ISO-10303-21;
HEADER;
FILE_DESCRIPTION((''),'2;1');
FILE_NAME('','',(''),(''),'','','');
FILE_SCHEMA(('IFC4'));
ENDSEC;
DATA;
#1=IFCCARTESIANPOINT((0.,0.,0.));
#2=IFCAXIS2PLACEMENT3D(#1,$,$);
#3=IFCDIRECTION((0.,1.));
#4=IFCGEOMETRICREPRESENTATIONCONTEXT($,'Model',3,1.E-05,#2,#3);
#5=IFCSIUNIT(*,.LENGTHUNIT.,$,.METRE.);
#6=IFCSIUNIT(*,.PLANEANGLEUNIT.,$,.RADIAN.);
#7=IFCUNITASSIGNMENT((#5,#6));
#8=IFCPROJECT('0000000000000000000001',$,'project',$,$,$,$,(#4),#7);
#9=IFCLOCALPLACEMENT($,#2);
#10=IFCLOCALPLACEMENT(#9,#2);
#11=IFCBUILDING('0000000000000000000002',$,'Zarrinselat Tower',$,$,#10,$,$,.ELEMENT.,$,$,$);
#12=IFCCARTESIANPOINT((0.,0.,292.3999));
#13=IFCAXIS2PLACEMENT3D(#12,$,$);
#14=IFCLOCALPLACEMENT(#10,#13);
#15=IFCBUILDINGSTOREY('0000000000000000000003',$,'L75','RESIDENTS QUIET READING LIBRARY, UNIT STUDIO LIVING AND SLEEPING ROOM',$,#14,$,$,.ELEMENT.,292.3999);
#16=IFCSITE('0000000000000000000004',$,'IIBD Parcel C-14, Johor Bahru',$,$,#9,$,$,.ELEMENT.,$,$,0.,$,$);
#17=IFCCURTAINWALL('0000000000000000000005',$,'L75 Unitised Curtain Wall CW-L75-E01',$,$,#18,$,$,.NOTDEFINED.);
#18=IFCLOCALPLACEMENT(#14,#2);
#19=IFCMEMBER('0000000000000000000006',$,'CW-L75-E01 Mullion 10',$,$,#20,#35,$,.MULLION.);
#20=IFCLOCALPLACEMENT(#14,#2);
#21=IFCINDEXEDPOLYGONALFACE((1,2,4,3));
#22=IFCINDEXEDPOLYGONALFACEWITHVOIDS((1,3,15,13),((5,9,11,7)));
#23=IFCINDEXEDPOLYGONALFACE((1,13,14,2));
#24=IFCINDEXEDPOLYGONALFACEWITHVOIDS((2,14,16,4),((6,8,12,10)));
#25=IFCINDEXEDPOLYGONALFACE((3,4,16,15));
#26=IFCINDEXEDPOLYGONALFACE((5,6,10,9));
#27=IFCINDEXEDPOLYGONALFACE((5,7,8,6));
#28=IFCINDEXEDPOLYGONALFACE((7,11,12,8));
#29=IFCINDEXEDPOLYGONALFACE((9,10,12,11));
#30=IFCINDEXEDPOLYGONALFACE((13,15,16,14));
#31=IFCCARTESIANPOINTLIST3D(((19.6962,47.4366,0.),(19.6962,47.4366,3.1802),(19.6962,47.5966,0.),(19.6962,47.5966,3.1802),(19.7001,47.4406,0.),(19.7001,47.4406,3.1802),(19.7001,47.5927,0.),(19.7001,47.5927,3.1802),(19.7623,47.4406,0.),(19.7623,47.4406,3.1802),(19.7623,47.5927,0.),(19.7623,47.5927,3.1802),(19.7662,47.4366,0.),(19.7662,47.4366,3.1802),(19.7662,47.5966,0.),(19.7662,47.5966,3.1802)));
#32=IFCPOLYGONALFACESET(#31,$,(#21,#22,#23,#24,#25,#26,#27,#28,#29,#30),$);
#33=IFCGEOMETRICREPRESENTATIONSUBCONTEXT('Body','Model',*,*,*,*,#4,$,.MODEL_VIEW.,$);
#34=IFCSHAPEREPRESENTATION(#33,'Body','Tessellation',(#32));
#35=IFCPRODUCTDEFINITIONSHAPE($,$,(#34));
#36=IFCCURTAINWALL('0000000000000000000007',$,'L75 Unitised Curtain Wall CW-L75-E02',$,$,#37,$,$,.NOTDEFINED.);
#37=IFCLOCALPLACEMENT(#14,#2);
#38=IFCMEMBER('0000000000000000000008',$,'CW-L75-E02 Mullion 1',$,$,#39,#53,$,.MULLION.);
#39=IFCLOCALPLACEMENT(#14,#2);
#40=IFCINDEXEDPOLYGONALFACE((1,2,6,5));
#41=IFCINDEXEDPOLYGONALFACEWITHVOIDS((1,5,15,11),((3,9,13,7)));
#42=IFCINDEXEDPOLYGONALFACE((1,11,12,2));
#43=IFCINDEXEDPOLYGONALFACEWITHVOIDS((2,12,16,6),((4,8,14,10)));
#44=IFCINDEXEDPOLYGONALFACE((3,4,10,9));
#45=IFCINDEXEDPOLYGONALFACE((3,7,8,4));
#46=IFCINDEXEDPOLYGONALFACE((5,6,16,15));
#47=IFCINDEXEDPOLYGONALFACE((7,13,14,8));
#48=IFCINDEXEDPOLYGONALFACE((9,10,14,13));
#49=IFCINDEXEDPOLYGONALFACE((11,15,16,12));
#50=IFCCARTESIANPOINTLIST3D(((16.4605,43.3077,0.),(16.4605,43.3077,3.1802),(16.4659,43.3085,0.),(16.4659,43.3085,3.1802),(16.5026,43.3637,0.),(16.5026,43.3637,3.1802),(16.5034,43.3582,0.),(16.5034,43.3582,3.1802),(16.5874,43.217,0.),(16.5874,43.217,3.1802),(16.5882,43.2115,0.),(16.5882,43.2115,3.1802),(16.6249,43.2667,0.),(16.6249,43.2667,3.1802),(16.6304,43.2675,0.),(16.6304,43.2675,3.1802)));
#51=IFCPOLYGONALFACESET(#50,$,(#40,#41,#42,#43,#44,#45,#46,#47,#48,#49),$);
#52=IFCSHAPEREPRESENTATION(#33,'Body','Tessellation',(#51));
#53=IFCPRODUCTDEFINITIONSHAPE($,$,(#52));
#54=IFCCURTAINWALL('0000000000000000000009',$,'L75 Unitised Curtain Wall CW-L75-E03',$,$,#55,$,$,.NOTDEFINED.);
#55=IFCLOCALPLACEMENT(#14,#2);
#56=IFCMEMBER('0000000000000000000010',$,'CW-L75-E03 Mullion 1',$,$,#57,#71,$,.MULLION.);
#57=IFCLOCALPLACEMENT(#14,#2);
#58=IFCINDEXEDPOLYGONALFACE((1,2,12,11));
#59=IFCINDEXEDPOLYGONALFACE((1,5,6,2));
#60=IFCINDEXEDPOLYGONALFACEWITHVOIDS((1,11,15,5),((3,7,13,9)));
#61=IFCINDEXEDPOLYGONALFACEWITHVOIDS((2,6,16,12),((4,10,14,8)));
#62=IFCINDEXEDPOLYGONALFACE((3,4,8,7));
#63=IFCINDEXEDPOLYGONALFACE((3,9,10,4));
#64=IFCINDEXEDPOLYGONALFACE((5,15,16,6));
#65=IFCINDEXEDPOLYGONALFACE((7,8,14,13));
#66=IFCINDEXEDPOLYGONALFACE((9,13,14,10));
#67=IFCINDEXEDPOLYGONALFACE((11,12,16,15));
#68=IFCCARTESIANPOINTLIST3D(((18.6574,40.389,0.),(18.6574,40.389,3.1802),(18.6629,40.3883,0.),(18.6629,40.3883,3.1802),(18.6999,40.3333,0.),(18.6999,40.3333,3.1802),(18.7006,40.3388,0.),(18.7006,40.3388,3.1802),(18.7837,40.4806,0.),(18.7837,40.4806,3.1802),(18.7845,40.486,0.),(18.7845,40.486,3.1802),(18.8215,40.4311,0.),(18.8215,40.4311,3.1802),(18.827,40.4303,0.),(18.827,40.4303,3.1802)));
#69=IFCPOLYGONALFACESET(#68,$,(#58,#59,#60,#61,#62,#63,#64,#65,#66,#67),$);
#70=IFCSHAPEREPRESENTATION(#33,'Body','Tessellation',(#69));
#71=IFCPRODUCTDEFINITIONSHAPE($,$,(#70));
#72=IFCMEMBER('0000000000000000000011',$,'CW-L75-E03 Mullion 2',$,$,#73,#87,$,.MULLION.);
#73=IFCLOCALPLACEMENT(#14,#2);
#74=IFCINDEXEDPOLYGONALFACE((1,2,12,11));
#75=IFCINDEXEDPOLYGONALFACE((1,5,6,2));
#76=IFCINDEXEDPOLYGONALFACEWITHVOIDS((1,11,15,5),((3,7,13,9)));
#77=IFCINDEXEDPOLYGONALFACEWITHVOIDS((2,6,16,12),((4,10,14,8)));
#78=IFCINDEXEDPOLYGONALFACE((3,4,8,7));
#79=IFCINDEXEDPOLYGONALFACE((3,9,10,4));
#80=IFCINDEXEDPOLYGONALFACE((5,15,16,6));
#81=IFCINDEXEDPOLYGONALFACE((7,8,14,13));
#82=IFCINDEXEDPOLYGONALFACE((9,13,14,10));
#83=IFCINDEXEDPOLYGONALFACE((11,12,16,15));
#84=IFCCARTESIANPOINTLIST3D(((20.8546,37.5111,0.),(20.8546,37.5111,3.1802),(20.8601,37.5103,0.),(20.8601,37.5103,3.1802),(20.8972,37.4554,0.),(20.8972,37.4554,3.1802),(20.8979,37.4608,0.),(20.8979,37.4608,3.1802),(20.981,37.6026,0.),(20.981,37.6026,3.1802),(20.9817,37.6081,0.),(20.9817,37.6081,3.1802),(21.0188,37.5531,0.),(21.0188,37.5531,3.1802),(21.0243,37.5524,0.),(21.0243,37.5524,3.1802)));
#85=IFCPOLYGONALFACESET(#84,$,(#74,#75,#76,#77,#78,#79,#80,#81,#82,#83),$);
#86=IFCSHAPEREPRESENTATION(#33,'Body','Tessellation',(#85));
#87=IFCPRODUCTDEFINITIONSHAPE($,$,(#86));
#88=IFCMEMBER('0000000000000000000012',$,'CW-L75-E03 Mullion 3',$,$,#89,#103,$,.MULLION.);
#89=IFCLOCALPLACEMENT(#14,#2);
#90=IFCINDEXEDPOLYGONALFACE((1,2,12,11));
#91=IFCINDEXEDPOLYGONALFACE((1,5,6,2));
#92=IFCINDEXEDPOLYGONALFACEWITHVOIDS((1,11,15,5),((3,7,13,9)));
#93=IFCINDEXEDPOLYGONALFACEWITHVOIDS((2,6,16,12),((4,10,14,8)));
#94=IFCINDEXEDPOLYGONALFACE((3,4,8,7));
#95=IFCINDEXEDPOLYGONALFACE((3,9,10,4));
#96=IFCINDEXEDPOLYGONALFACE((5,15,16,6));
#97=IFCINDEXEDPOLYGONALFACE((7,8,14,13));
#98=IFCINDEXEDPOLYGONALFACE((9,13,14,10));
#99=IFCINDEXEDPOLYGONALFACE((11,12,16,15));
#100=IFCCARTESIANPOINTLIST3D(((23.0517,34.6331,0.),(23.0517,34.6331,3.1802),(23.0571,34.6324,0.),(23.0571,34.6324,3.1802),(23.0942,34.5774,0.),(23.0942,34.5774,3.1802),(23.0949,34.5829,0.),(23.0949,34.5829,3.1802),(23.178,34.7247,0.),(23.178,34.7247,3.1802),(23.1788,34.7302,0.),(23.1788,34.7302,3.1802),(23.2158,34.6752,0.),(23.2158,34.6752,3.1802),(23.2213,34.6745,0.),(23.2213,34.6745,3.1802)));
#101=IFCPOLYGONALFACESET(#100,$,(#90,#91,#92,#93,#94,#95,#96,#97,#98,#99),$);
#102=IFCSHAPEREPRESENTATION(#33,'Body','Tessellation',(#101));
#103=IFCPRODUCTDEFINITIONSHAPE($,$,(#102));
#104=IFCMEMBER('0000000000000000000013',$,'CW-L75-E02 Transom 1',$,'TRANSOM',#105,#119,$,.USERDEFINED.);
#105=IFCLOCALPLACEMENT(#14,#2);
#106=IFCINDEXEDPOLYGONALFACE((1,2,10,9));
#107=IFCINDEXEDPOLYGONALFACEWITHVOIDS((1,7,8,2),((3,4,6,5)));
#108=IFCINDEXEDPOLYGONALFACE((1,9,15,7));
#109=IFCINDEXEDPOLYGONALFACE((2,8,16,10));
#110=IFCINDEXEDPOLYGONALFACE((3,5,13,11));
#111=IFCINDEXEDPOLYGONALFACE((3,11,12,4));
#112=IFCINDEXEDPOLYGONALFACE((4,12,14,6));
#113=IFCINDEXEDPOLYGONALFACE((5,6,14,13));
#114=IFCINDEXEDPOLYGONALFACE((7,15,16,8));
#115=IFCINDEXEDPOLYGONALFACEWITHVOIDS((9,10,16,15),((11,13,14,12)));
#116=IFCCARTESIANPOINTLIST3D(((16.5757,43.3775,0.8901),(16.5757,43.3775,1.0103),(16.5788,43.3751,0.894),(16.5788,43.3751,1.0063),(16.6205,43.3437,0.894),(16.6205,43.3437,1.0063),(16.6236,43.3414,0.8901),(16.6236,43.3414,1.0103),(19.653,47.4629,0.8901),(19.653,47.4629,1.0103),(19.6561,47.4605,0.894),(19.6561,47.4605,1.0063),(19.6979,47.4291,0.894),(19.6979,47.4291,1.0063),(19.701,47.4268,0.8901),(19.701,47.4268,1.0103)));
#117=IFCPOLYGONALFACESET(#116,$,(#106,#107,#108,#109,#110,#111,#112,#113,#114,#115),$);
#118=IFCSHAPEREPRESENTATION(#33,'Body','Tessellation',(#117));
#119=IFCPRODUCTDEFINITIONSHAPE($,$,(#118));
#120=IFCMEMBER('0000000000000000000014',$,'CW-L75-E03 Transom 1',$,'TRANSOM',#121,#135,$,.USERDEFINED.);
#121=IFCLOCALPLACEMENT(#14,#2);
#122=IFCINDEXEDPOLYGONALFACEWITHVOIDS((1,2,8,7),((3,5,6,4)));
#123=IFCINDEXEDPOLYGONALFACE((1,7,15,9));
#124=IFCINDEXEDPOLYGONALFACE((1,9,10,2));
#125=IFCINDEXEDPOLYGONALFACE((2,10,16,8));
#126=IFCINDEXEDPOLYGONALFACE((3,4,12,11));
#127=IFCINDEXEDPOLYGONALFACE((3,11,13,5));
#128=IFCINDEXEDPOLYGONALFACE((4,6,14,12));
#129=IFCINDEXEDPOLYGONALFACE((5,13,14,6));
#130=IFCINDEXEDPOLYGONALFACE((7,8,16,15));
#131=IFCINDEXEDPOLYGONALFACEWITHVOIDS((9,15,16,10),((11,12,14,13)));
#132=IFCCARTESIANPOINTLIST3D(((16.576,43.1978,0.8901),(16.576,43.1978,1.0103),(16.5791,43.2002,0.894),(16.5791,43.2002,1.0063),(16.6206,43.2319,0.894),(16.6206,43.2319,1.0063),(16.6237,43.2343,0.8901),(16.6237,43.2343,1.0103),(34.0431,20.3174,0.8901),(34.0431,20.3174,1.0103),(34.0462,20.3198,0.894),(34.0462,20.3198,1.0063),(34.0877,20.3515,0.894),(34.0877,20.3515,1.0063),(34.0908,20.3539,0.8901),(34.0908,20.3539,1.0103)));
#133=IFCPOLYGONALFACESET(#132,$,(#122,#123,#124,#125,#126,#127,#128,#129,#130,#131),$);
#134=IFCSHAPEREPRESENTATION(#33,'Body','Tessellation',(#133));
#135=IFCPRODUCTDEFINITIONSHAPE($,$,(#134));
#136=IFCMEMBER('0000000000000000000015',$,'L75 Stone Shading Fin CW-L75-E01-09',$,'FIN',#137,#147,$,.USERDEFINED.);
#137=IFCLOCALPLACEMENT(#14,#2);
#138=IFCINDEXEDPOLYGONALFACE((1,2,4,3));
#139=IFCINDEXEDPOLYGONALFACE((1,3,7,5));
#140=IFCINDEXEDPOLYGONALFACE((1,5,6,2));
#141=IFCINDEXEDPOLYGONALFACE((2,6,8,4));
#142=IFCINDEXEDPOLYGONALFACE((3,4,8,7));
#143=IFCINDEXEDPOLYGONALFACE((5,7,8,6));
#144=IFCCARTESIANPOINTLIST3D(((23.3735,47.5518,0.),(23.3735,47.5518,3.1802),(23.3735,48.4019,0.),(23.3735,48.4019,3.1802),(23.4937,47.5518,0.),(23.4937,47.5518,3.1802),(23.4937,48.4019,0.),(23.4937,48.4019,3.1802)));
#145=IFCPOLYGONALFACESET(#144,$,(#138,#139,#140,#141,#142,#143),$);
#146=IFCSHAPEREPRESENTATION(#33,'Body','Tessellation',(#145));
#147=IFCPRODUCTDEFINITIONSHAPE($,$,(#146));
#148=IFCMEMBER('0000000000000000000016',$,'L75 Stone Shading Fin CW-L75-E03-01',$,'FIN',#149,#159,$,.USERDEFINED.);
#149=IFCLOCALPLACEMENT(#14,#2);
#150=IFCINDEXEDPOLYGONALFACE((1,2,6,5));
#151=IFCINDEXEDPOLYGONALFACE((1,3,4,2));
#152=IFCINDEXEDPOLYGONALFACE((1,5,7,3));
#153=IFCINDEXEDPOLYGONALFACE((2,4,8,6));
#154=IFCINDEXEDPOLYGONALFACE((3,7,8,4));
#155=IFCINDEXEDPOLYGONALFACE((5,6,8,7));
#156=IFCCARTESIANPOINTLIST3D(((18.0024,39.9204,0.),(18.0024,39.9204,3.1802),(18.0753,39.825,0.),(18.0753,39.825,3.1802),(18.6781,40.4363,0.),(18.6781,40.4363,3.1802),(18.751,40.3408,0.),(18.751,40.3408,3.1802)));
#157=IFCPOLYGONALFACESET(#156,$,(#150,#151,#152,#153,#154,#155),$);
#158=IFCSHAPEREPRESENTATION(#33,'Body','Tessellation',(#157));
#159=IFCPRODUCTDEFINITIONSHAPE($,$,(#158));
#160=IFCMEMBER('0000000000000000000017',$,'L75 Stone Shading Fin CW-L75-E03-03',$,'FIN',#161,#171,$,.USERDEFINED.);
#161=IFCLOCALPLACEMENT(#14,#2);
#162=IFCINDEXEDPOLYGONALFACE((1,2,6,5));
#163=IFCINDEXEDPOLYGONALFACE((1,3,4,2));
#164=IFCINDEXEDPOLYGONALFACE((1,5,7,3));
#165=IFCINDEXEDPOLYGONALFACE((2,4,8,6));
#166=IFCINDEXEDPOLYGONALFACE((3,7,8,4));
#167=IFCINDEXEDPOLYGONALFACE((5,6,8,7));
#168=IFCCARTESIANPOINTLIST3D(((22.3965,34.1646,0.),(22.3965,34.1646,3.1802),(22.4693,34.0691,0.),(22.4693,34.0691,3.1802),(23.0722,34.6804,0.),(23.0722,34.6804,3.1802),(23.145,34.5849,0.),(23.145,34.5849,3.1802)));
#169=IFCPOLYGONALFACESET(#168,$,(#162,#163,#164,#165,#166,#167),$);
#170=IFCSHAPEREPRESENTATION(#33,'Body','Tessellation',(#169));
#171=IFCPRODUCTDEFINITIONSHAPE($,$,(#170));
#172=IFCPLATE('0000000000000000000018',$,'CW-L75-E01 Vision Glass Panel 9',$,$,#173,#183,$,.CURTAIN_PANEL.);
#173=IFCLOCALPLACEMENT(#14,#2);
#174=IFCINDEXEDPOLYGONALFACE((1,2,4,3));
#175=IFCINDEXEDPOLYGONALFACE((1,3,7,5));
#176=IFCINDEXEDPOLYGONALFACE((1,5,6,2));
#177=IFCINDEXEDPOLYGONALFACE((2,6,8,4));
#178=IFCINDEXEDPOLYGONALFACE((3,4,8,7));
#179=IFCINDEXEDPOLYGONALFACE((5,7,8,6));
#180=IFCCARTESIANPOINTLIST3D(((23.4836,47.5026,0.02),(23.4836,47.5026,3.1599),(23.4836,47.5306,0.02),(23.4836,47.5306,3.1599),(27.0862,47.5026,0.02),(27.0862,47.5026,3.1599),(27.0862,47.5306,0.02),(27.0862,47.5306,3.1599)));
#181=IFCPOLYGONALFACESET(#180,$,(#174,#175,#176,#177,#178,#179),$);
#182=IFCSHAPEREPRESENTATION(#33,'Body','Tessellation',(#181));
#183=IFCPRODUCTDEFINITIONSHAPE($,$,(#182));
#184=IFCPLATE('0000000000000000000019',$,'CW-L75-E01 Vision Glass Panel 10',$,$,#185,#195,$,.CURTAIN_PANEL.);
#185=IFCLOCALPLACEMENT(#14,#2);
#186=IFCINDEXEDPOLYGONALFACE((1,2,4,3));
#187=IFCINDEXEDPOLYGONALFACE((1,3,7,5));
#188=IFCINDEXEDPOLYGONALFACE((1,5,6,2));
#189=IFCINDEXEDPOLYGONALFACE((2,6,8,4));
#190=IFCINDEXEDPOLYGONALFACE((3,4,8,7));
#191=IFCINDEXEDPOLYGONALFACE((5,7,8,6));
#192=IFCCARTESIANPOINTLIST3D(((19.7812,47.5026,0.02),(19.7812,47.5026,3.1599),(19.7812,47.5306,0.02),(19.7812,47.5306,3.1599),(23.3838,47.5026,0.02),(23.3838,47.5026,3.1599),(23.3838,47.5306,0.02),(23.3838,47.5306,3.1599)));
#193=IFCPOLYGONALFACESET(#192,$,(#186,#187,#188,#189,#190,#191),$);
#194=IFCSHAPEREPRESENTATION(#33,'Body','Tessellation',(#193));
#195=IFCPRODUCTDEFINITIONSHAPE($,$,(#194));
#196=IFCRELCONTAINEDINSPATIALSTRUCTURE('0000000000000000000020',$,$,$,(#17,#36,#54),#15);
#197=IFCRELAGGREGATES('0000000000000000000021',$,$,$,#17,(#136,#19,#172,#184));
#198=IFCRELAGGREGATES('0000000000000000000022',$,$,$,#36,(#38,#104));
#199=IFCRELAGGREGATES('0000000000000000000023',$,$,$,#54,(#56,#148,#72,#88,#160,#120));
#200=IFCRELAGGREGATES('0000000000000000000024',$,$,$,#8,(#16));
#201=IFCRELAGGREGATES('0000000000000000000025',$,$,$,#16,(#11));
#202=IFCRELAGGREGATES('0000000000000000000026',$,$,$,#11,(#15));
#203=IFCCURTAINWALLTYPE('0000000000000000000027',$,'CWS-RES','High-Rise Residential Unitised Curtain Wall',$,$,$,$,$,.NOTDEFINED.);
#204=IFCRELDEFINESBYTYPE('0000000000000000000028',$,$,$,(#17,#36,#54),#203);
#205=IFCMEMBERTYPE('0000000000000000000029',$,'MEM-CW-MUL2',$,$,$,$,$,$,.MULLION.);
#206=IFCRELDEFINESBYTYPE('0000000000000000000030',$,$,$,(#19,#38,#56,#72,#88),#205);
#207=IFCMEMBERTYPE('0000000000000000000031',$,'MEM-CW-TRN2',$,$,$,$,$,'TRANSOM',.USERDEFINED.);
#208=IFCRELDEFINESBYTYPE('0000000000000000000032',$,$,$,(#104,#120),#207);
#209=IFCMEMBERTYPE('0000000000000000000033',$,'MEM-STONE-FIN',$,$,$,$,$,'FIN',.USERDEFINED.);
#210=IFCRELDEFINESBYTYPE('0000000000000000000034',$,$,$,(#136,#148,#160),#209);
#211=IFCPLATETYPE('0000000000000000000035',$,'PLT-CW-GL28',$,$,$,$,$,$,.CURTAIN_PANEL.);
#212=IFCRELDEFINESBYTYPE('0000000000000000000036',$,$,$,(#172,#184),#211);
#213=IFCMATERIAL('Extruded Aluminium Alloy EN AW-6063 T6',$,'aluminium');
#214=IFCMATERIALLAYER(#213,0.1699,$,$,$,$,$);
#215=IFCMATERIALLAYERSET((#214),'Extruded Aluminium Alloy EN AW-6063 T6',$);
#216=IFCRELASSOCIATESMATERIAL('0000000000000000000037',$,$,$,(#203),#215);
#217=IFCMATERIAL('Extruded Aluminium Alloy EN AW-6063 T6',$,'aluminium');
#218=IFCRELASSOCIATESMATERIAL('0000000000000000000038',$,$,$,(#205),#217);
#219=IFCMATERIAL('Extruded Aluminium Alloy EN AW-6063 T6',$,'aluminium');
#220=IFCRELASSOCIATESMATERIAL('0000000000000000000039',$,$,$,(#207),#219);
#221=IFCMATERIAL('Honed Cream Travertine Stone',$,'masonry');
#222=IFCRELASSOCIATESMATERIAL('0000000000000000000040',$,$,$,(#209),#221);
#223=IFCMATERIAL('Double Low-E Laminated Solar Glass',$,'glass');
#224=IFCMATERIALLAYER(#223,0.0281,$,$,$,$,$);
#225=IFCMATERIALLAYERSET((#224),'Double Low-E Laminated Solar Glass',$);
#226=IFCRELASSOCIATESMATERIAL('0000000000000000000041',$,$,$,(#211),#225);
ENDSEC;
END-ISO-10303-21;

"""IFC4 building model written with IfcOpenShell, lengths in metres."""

from ifc_helpers import new_model, si_unit, direction, frame, origin, origin_2d, place, context, subcontext, project, spatial, rectangle, hollow_rectangle, extrude, material, layer, layer_set, material_profile, profile_set, type_object, element, aggregate, save


model = new_model("IFC4")

# Units and contexts
model_context = context("Model", 3, precision=1e-05, world=origin(), true_north=direction((0.0, 1.0)))
body_context = subcontext(model_context, "Body", "Model", "MODEL_VIEW")
ifc_project = project(units=[si_unit("LENGTHUNIT", "METRE"), si_unit("PLANEANGLEUNIT", "RADIAN")], contexts=[model_context])

# Site, building, storey
site_placement = place(None, origin())
site = spatial("IfcSite", under=ifc_project, at=site_placement, Name="IIBD Parcel C-14, Johor Bahru", CompositionType="ELEMENT", RefElevation=0.0)
building_placement = place(site_placement, origin())
building = spatial("IfcBuilding", under=site, at=building_placement, Name="Zarrinselat Tower", CompositionType="ELEMENT")
storey_placement = place(building_placement, frame((0.0, 0.0, 292.3999)))
storey = spatial("IfcBuildingStorey", under=building, at=storey_placement, Name="L75", Description="RESIDENTS QUIET READING LIBRARY, UNIT STUDIO LIVING AND SLEEPING ROOM", CompositionType="ELEMENT", Elevation=292.3999)

# Curtain wall, member
ifc_material_1 = material(Name="Extruded Aluminium Alloy EN AW-6063 T6", Category="aluminium")
ifc_layer_1 = layer(ifc_material_1, 0.1699)
ifc_layer_set_1 = layer_set([ifc_layer_1], Name="Extruded Aluminium Alloy EN AW-6063 T6")
curtain_wall_type = type_object("IfcCurtainWallType", Name="CWS-RES", Description="High-Rise Residential Unitised Curtain Wall", PredefinedType="NOTDEFINED", material=ifc_layer_set_1)
curtain_wall_1_placement = place(storey_placement, origin())
curtain_wall_1 = element("IfcCurtainWall", 1, at=curtain_wall_1_placement, inside=storey, type_object=curtain_wall_type, Name="L75 Unitised Curtain Wall CW-L75-E01", PredefinedType="NOTDEFINED")
ifc_material_2 = material(Name="Extruded Aluminium Alloy EN AW-6063 T6", Category="aluminium")
ifc_material_profile_1 = material_profile(ifc_material_2, hollow_rectangle(XDim=0.0701, YDim=0.1599, WallThickness=0.0039, at=origin_2d()), Name="RHS 160x70x4")
ifc_profile_set_1 = profile_set([ifc_material_profile_1], Name="Extruded Aluminium Alloy EN AW-6063 T6")
member_type_1 = type_object("IfcMemberType", Name="MEM-CW-MUL2", PredefinedType="MULLION", material=ifc_profile_set_1)
member_1_placement = place(storey_placement, frame((19.7312, 47.5166, 0.0), z_axis=(0.0, 0.0, 1.0), x_axis=(-1.0, 0.0, 0.0)))
member_1 = element("IfcMember", 2, at=member_1_placement, type_object=member_type_1, Name="CW-L75-E01 Mullion 10", PredefinedType="MULLION", context=body_context, shape_type="SweptSolid", body=[
    extrude(hollow_rectangle(XDim=0.0701, YDim=0.1599, WallThickness=0.0039, at=origin_2d()), origin(), (0.0, 0.0, 1.0), 3.1802),
])

# Curtain wall, member
curtain_wall_2_placement = place(storey_placement, origin())
curtain_wall_2 = element("IfcCurtainWall", 3, at=curtain_wall_2_placement, inside=storey, type_object=curtain_wall_type, Name="L75 Unitised Curtain Wall CW-L75-E02", PredefinedType="NOTDEFINED")
member_2_placement = place(storey_placement, frame((16.5454, 43.2876, 0.0), z_axis=(0.0, 0.0, 1.0), x_axis=(-0.601679, -0.798738, 0.0)))
member_2 = element("IfcMember", 4, at=member_2_placement, type_object=member_type_1, Name="CW-L75-E02 Mullion 1", PredefinedType="MULLION", context=body_context, shape_type="SweptSolid", body=[
    extrude(hollow_rectangle(XDim=0.0701, YDim=0.1599, WallThickness=0.0039, at=origin_2d()), origin(), (0.0, 0.0, 1.0), 3.1802),
])

# Curtain wall, members
curtain_wall_3_placement = place(storey_placement, origin())
curtain_wall_3 = element("IfcCurtainWall", 5, at=curtain_wall_3_placement, inside=storey, type_object=curtain_wall_type, Name="L75 Unitised Curtain Wall CW-L75-E03", PredefinedType="NOTDEFINED")
member_3_placement = place(storey_placement, frame((18.7422, 40.4097, 0.0), z_axis=(0.0, 0.0, 1.0), x_axis=(0.606802, -0.794853, 0.0)))
member_3 = element("IfcMember", 6, at=member_3_placement, type_object=member_type_1, Name="CW-L75-E03 Mullion 1", PredefinedType="MULLION", context=body_context, shape_type="SweptSolid", body=[
    extrude(hollow_rectangle(XDim=0.0701, YDim=0.1599, WallThickness=0.0039, at=origin_2d()), origin(), (0.0, 0.0, 1.0), 3.1802),
])
member_4_placement = place(storey_placement, frame((20.9395, 37.5317, 0.0), z_axis=(0.0, 0.0, 1.0), x_axis=(0.606802, -0.794853, 0.0)))
member_4 = element("IfcMember", 7, at=member_4_placement, type_object=member_type_1, Name="CW-L75-E03 Mullion 2", PredefinedType="MULLION", context=body_context, shape_type="SweptSolid", body=[
    extrude(hollow_rectangle(XDim=0.0701, YDim=0.1599, WallThickness=0.0039, at=origin_2d()), origin(), (0.0, 0.0, 1.0), 3.1802),
])
member_5_placement = place(storey_placement, frame((23.1365, 34.6538, 0.0), z_axis=(0.0, 0.0, 1.0), x_axis=(0.606802, -0.794853, 0.0)))
member_5 = element("IfcMember", 8, at=member_5_placement, type_object=member_type_1, Name="CW-L75-E03 Mullion 3", PredefinedType="MULLION", context=body_context, shape_type="SweptSolid", body=[
    extrude(hollow_rectangle(XDim=0.0701, YDim=0.1599, WallThickness=0.0039, at=origin_2d()), origin(), (0.0, 0.0, 1.0), 3.1802),
])

# Members
ifc_material_3 = material(Name="Extruded Aluminium Alloy EN AW-6063 T6", Category="aluminium")
ifc_material_profile_2 = material_profile(ifc_material_3, hollow_rectangle(XDim=0.0601, YDim=0.1201, WallThickness=0.0039, at=origin_2d()), Name="RHS 120x60x4")
ifc_profile_set_2 = profile_set([ifc_material_profile_2], Name="Extruded Aluminium Alloy EN AW-6063 T6")
member_type_2 = type_object("IfcMemberType", Name="MEM-CW-TRN2", ElementType="TRANSOM", PredefinedType="USERDEFINED", material=ifc_profile_set_2)
member_6_placement = place(storey_placement, frame((19.677, 47.4448, 0.9502), z_axis=(-0.601664, -0.79875, 0.0), x_axis=(0.79875, -0.601664, 0.0)))
member_6 = element("IfcMember", 9, at=member_6_placement, type_object=member_type_2, Name="CW-L75-E02 Transom 1", ObjectType="TRANSOM", PredefinedType="USERDEFINED", context=body_context, shape_type="SweptSolid", body=[
    extrude(hollow_rectangle(XDim=0.0601, YDim=0.1201, WallThickness=0.0039, at=origin_2d()), origin(), (0.0, 0.0, 1.0), 5.1147),
])
member_7_placement = place(storey_placement, frame((16.5999, 43.2161, 0.9502), z_axis=(0.606799, -0.794856, 0.0), x_axis=(0.794856, 0.606799, 0.0)))
member_7 = element("IfcMember", 10, at=member_7_placement, type_object=member_type_2, Name="CW-L75-E03 Transom 1", ObjectType="TRANSOM", PredefinedType="USERDEFINED", context=body_context, shape_type="SweptSolid", body=[
    extrude(hollow_rectangle(XDim=0.0601, YDim=0.1201, WallThickness=0.0039, at=origin_2d()), origin(), (0.0, 0.0, 1.0), 28.7856),
])
ifc_material_4 = material(Name="Honed Cream Travertine Stone", Category="masonry")
ifc_material_profile_3 = material_profile(ifc_material_4, rectangle(XDim=0.1201, YDim=0.8501, at=origin_2d()), Name="FIN 850x120")
ifc_profile_set_3 = profile_set([ifc_material_profile_3], Name="Honed Cream Travertine Stone")
member_type_3 = type_object("IfcMemberType", Name="MEM-STONE-FIN", ElementType="FIN", PredefinedType="USERDEFINED", material=ifc_profile_set_3)
member_8_placement = place(storey_placement, frame((23.4336, 47.9768, 0.0), z_axis=(0.0, 0.0, 1.0), x_axis=(1.0, 0.0, 0.0)))
member_8 = element("IfcMember", 11, at=member_8_placement, type_object=member_type_3, Name="L75 Stone Shading Fin CW-L75-E01-09", ObjectType="FIN", PredefinedType="USERDEFINED", context=body_context, shape_type="SweptSolid", body=[
    extrude(rectangle(XDim=0.1201, YDim=0.8501, at=origin_2d()), origin(), (0.0, 0.0, 1.0), 3.1802),
])
member_9_placement = place(storey_placement, frame((18.3767, 40.1306, 0.0), z_axis=(0.0, 0.0, 1.0), x_axis=(-0.606802, 0.794853, 0.0)))
member_9 = element("IfcMember", 12, at=member_9_placement, type_object=member_type_3, Name="L75 Stone Shading Fin CW-L75-E03-01", ObjectType="FIN", PredefinedType="USERDEFINED", context=body_context, shape_type="SweptSolid", body=[
    extrude(rectangle(XDim=0.1201, YDim=0.8501, at=origin_2d()), origin(), (0.0, 0.0, 1.0), 3.1802),
])
member_10_placement = place(storey_placement, frame((22.7708, 34.3748, 0.0), z_axis=(0.0, 0.0, 1.0), x_axis=(-0.606802, 0.794853, 0.0)))
member_10 = element("IfcMember", 13, at=member_10_placement, type_object=member_type_3, Name="L75 Stone Shading Fin CW-L75-E03-03", ObjectType="FIN", PredefinedType="USERDEFINED", context=body_context, shape_type="SweptSolid", body=[
    extrude(rectangle(XDim=0.1201, YDim=0.8501, at=origin_2d()), origin(), (0.0, 0.0, 1.0), 3.1802),
])

# Plates
ifc_material_5 = material(Name="Double Low-E Laminated Solar Glass", Category="glass")
ifc_layer_2 = layer(ifc_material_5, 0.0281)
ifc_layer_set_2 = layer_set([ifc_layer_2], Name="Double Low-E Laminated Solar Glass")
plate_type = type_object("IfcPlateType", Name="PLT-CW-GL28", PredefinedType="CURTAIN_PANEL", material=ifc_layer_set_2)
plate_1_placement = place(storey_placement, frame((25.2849, 47.5166, 0.02), z_axis=(0.0, 0.0, 1.0), x_axis=(-1.0, 0.0, 0.0)))
plate_1 = element("IfcPlate", 14, at=plate_1_placement, type_object=plate_type, Name="CW-L75-E01 Vision Glass Panel 9", PredefinedType="CURTAIN_PANEL", context=body_context, shape_type="SweptSolid", body=[
    extrude(rectangle(XDim=3.6025, YDim=0.0281, at=origin_2d()), origin(), (0.0, 0.0, 1.0), 3.1399),
])
plate_2_placement = place(storey_placement, frame((21.5825, 47.5166, 0.02), z_axis=(0.0, 0.0, 1.0), x_axis=(-1.0, 0.0, 0.0)))
plate_2 = element("IfcPlate", 15, at=plate_2_placement, type_object=plate_type, Name="CW-L75-E01 Vision Glass Panel 10", PredefinedType="CURTAIN_PANEL", context=body_context, shape_type="SweptSolid", body=[
    extrude(rectangle(XDim=3.6025, YDim=0.0281, at=origin_2d()), origin(), (0.0, 0.0, 1.0), 3.1399),
])
aggregate(curtain_wall_1, [member_8, member_1, plate_1, plate_2])
aggregate(curtain_wall_2, [member_2, member_6])
aggregate(curtain_wall_3, [member_3, member_9, member_4, member_5, member_10, member_7])

save(model, "model.ifc")
